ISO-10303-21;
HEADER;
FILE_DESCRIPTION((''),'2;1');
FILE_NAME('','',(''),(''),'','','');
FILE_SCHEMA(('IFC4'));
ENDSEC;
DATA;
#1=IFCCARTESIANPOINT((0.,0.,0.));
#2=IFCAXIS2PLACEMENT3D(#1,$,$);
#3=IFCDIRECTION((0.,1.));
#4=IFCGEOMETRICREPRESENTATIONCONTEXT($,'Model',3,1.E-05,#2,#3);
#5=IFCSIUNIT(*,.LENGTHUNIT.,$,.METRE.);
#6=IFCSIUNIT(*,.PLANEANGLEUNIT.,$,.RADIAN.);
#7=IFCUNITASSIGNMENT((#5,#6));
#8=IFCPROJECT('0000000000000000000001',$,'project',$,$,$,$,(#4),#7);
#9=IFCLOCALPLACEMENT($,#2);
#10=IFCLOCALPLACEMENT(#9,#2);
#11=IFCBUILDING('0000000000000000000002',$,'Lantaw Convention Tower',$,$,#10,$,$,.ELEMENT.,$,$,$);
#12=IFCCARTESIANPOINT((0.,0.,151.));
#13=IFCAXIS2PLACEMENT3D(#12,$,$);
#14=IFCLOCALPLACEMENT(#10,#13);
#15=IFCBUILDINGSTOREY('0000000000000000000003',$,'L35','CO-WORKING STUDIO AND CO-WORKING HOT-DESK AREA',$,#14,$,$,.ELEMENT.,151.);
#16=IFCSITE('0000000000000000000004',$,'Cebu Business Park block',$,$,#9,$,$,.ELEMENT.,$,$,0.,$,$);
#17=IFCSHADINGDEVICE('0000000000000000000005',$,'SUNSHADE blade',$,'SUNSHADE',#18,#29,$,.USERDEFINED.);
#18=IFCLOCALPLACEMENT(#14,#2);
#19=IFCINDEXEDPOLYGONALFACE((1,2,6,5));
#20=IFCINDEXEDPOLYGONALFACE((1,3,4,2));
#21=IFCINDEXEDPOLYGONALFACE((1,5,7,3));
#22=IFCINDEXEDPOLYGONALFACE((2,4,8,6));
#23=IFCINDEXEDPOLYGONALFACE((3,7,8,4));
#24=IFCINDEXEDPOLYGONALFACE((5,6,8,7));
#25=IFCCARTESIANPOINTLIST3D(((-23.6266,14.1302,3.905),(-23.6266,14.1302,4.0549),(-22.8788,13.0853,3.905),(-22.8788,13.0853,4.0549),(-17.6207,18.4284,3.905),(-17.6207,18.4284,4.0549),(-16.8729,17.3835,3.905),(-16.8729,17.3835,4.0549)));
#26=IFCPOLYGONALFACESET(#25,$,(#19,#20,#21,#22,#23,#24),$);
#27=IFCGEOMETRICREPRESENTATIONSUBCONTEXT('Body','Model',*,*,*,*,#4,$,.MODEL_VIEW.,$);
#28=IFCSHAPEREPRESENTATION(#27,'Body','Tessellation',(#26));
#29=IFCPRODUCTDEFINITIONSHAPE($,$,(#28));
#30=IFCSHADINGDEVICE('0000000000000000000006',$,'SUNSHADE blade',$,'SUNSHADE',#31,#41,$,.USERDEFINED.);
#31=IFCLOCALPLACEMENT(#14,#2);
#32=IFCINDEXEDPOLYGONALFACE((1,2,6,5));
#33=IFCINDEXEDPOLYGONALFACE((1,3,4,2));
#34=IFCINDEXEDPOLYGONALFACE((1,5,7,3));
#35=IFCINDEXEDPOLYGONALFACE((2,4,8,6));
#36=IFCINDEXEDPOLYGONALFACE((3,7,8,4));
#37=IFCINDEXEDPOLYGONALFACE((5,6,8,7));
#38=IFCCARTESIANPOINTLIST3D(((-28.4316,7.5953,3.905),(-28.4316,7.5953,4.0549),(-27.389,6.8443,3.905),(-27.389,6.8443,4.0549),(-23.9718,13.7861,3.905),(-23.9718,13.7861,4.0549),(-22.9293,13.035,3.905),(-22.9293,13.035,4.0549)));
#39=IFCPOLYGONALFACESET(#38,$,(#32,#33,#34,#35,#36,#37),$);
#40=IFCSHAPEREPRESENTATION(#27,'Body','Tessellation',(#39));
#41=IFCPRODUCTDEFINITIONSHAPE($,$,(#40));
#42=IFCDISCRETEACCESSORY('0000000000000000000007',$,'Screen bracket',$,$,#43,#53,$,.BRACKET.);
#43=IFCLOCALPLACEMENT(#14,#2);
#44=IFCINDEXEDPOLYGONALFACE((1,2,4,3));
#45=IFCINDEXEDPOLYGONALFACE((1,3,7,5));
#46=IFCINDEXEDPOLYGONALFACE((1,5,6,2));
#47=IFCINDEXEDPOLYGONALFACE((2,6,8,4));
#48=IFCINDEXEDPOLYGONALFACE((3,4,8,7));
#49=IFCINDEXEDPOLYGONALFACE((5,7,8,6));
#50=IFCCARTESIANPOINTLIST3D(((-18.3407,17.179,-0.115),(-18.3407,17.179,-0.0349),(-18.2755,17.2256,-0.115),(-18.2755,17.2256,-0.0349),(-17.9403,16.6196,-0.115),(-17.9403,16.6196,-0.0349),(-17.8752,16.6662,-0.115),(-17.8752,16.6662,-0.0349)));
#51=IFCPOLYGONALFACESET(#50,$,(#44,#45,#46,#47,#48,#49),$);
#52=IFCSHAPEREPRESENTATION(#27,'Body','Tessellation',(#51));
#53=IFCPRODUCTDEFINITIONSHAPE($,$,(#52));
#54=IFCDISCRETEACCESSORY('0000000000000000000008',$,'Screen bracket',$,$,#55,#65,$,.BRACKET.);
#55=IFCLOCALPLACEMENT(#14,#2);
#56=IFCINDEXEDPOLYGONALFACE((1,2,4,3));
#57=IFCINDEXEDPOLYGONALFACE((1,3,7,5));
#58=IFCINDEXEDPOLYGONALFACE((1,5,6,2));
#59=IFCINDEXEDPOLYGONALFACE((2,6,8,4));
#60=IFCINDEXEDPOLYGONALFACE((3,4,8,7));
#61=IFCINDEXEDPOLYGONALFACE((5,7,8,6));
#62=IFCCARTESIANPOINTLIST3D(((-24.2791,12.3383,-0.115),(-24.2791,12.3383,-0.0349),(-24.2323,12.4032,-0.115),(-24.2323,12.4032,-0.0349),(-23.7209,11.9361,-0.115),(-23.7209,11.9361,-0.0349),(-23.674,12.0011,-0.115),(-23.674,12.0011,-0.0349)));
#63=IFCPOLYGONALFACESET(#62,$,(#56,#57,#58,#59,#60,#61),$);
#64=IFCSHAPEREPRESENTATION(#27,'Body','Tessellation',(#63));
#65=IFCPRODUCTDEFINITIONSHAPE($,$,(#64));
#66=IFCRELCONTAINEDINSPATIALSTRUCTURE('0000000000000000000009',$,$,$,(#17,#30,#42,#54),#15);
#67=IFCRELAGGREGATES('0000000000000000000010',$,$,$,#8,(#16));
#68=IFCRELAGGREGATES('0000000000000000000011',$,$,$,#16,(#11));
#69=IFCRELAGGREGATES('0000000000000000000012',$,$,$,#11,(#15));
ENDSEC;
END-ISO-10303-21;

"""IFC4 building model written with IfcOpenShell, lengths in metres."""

from ifc_helpers import new_model, si_unit, direction, frame, origin, origin_2d, place, context, subcontext, project, spatial, rectangle, extrude, element, save


model = new_model("IFC4")

# Units and contexts
model_context = context("Model", 3, precision=1e-05, world=origin(), true_north=direction((0.0, 1.0)))
body_context = subcontext(model_context, "Body", "Model", "MODEL_VIEW")
ifc_project = project(units=[si_unit("LENGTHUNIT", "METRE"), si_unit("PLANEANGLEUNIT", "RADIAN")], contexts=[model_context])

# Site, building, storey
site_placement = place(None, origin())
site = spatial("IfcSite", under=ifc_project, at=site_placement, Name="Cebu Business Park block", CompositionType="ELEMENT", RefElevation=0.0)
building_placement = place(site_placement, origin())
building = spatial("IfcBuilding", under=site, at=building_placement, Name="Lantaw Convention Tower", CompositionType="ELEMENT")
storey_placement = place(building_placement, frame((0.0, 0.0, 151.0)))
storey = spatial("IfcBuildingStorey", under=building, at=storey_placement, Name="L35", Description="CO-WORKING STUDIO AND CO-WORKING HOT-DESK AREA", CompositionType="ELEMENT", Elevation=151.0)

# Shading devices
shading_device_1_placement = place(storey_placement, frame((-20.2498, 15.7568, 3.905), z_axis=(0.0, 0.0, 1.0), x_axis=(-0.813208, -0.581973, 0.0)))
element("IfcShadingDevice", 1, at=shading_device_1_placement, inside=storey, Name="SUNSHADE blade", ObjectType="SUNSHADE", PredefinedType="USERDEFINED", context=body_context, shape_type="SweptSolid", body=[
    extrude(rectangle(XDim=7.3855, YDim=1.2849, at=origin_2d()), origin(), (0.0, 0.0, 1.0), 0.1499),
])
shading_device_2_placement = place(storey_placement, frame((-25.6804, 10.3152, 3.905), z_axis=(0.0, 0.0, 1.0), x_axis=(-0.584513, -0.811385, 0.0)))
element("IfcShadingDevice", 2, at=shading_device_2_placement, inside=storey, Name="SUNSHADE blade", ObjectType="SUNSHADE", PredefinedType="USERDEFINED", context=body_context, shape_type="SweptSolid", body=[
    extrude(rectangle(XDim=7.6299, YDim=1.2849, at=origin_2d()), origin(), (0.0, 0.0, 1.0), 0.1499),
])

# Discrete accessories
for number, where, z_axis, x_axis, name in (
    (3, (-18.1079, 16.9226, -0.115), (0.0, 0.0, 1.0), (-0.813208, -0.581973, 0.0), "Screen bracket"),
    (4, (-23.9766, 12.1697, -0.115), (0.0, 0.0, 1.0), (-0.584513, -0.811385, 0.0), "Screen bracket"),
):
    element("IfcDiscreteAccessory", number, at=place(storey_placement, frame(where, z_axis=z_axis, x_axis=x_axis)), inside=storey, Name=name, PredefinedType="BRACKET", context=body_context, shape_type="SweptSolid", body=[
        extrude(rectangle(XDim=0.0801, YDim=0.688, at=origin_2d()), origin(), (0.0, 0.0, 1.0), 0.0801),
    ])

save(model, "model.ifc")
